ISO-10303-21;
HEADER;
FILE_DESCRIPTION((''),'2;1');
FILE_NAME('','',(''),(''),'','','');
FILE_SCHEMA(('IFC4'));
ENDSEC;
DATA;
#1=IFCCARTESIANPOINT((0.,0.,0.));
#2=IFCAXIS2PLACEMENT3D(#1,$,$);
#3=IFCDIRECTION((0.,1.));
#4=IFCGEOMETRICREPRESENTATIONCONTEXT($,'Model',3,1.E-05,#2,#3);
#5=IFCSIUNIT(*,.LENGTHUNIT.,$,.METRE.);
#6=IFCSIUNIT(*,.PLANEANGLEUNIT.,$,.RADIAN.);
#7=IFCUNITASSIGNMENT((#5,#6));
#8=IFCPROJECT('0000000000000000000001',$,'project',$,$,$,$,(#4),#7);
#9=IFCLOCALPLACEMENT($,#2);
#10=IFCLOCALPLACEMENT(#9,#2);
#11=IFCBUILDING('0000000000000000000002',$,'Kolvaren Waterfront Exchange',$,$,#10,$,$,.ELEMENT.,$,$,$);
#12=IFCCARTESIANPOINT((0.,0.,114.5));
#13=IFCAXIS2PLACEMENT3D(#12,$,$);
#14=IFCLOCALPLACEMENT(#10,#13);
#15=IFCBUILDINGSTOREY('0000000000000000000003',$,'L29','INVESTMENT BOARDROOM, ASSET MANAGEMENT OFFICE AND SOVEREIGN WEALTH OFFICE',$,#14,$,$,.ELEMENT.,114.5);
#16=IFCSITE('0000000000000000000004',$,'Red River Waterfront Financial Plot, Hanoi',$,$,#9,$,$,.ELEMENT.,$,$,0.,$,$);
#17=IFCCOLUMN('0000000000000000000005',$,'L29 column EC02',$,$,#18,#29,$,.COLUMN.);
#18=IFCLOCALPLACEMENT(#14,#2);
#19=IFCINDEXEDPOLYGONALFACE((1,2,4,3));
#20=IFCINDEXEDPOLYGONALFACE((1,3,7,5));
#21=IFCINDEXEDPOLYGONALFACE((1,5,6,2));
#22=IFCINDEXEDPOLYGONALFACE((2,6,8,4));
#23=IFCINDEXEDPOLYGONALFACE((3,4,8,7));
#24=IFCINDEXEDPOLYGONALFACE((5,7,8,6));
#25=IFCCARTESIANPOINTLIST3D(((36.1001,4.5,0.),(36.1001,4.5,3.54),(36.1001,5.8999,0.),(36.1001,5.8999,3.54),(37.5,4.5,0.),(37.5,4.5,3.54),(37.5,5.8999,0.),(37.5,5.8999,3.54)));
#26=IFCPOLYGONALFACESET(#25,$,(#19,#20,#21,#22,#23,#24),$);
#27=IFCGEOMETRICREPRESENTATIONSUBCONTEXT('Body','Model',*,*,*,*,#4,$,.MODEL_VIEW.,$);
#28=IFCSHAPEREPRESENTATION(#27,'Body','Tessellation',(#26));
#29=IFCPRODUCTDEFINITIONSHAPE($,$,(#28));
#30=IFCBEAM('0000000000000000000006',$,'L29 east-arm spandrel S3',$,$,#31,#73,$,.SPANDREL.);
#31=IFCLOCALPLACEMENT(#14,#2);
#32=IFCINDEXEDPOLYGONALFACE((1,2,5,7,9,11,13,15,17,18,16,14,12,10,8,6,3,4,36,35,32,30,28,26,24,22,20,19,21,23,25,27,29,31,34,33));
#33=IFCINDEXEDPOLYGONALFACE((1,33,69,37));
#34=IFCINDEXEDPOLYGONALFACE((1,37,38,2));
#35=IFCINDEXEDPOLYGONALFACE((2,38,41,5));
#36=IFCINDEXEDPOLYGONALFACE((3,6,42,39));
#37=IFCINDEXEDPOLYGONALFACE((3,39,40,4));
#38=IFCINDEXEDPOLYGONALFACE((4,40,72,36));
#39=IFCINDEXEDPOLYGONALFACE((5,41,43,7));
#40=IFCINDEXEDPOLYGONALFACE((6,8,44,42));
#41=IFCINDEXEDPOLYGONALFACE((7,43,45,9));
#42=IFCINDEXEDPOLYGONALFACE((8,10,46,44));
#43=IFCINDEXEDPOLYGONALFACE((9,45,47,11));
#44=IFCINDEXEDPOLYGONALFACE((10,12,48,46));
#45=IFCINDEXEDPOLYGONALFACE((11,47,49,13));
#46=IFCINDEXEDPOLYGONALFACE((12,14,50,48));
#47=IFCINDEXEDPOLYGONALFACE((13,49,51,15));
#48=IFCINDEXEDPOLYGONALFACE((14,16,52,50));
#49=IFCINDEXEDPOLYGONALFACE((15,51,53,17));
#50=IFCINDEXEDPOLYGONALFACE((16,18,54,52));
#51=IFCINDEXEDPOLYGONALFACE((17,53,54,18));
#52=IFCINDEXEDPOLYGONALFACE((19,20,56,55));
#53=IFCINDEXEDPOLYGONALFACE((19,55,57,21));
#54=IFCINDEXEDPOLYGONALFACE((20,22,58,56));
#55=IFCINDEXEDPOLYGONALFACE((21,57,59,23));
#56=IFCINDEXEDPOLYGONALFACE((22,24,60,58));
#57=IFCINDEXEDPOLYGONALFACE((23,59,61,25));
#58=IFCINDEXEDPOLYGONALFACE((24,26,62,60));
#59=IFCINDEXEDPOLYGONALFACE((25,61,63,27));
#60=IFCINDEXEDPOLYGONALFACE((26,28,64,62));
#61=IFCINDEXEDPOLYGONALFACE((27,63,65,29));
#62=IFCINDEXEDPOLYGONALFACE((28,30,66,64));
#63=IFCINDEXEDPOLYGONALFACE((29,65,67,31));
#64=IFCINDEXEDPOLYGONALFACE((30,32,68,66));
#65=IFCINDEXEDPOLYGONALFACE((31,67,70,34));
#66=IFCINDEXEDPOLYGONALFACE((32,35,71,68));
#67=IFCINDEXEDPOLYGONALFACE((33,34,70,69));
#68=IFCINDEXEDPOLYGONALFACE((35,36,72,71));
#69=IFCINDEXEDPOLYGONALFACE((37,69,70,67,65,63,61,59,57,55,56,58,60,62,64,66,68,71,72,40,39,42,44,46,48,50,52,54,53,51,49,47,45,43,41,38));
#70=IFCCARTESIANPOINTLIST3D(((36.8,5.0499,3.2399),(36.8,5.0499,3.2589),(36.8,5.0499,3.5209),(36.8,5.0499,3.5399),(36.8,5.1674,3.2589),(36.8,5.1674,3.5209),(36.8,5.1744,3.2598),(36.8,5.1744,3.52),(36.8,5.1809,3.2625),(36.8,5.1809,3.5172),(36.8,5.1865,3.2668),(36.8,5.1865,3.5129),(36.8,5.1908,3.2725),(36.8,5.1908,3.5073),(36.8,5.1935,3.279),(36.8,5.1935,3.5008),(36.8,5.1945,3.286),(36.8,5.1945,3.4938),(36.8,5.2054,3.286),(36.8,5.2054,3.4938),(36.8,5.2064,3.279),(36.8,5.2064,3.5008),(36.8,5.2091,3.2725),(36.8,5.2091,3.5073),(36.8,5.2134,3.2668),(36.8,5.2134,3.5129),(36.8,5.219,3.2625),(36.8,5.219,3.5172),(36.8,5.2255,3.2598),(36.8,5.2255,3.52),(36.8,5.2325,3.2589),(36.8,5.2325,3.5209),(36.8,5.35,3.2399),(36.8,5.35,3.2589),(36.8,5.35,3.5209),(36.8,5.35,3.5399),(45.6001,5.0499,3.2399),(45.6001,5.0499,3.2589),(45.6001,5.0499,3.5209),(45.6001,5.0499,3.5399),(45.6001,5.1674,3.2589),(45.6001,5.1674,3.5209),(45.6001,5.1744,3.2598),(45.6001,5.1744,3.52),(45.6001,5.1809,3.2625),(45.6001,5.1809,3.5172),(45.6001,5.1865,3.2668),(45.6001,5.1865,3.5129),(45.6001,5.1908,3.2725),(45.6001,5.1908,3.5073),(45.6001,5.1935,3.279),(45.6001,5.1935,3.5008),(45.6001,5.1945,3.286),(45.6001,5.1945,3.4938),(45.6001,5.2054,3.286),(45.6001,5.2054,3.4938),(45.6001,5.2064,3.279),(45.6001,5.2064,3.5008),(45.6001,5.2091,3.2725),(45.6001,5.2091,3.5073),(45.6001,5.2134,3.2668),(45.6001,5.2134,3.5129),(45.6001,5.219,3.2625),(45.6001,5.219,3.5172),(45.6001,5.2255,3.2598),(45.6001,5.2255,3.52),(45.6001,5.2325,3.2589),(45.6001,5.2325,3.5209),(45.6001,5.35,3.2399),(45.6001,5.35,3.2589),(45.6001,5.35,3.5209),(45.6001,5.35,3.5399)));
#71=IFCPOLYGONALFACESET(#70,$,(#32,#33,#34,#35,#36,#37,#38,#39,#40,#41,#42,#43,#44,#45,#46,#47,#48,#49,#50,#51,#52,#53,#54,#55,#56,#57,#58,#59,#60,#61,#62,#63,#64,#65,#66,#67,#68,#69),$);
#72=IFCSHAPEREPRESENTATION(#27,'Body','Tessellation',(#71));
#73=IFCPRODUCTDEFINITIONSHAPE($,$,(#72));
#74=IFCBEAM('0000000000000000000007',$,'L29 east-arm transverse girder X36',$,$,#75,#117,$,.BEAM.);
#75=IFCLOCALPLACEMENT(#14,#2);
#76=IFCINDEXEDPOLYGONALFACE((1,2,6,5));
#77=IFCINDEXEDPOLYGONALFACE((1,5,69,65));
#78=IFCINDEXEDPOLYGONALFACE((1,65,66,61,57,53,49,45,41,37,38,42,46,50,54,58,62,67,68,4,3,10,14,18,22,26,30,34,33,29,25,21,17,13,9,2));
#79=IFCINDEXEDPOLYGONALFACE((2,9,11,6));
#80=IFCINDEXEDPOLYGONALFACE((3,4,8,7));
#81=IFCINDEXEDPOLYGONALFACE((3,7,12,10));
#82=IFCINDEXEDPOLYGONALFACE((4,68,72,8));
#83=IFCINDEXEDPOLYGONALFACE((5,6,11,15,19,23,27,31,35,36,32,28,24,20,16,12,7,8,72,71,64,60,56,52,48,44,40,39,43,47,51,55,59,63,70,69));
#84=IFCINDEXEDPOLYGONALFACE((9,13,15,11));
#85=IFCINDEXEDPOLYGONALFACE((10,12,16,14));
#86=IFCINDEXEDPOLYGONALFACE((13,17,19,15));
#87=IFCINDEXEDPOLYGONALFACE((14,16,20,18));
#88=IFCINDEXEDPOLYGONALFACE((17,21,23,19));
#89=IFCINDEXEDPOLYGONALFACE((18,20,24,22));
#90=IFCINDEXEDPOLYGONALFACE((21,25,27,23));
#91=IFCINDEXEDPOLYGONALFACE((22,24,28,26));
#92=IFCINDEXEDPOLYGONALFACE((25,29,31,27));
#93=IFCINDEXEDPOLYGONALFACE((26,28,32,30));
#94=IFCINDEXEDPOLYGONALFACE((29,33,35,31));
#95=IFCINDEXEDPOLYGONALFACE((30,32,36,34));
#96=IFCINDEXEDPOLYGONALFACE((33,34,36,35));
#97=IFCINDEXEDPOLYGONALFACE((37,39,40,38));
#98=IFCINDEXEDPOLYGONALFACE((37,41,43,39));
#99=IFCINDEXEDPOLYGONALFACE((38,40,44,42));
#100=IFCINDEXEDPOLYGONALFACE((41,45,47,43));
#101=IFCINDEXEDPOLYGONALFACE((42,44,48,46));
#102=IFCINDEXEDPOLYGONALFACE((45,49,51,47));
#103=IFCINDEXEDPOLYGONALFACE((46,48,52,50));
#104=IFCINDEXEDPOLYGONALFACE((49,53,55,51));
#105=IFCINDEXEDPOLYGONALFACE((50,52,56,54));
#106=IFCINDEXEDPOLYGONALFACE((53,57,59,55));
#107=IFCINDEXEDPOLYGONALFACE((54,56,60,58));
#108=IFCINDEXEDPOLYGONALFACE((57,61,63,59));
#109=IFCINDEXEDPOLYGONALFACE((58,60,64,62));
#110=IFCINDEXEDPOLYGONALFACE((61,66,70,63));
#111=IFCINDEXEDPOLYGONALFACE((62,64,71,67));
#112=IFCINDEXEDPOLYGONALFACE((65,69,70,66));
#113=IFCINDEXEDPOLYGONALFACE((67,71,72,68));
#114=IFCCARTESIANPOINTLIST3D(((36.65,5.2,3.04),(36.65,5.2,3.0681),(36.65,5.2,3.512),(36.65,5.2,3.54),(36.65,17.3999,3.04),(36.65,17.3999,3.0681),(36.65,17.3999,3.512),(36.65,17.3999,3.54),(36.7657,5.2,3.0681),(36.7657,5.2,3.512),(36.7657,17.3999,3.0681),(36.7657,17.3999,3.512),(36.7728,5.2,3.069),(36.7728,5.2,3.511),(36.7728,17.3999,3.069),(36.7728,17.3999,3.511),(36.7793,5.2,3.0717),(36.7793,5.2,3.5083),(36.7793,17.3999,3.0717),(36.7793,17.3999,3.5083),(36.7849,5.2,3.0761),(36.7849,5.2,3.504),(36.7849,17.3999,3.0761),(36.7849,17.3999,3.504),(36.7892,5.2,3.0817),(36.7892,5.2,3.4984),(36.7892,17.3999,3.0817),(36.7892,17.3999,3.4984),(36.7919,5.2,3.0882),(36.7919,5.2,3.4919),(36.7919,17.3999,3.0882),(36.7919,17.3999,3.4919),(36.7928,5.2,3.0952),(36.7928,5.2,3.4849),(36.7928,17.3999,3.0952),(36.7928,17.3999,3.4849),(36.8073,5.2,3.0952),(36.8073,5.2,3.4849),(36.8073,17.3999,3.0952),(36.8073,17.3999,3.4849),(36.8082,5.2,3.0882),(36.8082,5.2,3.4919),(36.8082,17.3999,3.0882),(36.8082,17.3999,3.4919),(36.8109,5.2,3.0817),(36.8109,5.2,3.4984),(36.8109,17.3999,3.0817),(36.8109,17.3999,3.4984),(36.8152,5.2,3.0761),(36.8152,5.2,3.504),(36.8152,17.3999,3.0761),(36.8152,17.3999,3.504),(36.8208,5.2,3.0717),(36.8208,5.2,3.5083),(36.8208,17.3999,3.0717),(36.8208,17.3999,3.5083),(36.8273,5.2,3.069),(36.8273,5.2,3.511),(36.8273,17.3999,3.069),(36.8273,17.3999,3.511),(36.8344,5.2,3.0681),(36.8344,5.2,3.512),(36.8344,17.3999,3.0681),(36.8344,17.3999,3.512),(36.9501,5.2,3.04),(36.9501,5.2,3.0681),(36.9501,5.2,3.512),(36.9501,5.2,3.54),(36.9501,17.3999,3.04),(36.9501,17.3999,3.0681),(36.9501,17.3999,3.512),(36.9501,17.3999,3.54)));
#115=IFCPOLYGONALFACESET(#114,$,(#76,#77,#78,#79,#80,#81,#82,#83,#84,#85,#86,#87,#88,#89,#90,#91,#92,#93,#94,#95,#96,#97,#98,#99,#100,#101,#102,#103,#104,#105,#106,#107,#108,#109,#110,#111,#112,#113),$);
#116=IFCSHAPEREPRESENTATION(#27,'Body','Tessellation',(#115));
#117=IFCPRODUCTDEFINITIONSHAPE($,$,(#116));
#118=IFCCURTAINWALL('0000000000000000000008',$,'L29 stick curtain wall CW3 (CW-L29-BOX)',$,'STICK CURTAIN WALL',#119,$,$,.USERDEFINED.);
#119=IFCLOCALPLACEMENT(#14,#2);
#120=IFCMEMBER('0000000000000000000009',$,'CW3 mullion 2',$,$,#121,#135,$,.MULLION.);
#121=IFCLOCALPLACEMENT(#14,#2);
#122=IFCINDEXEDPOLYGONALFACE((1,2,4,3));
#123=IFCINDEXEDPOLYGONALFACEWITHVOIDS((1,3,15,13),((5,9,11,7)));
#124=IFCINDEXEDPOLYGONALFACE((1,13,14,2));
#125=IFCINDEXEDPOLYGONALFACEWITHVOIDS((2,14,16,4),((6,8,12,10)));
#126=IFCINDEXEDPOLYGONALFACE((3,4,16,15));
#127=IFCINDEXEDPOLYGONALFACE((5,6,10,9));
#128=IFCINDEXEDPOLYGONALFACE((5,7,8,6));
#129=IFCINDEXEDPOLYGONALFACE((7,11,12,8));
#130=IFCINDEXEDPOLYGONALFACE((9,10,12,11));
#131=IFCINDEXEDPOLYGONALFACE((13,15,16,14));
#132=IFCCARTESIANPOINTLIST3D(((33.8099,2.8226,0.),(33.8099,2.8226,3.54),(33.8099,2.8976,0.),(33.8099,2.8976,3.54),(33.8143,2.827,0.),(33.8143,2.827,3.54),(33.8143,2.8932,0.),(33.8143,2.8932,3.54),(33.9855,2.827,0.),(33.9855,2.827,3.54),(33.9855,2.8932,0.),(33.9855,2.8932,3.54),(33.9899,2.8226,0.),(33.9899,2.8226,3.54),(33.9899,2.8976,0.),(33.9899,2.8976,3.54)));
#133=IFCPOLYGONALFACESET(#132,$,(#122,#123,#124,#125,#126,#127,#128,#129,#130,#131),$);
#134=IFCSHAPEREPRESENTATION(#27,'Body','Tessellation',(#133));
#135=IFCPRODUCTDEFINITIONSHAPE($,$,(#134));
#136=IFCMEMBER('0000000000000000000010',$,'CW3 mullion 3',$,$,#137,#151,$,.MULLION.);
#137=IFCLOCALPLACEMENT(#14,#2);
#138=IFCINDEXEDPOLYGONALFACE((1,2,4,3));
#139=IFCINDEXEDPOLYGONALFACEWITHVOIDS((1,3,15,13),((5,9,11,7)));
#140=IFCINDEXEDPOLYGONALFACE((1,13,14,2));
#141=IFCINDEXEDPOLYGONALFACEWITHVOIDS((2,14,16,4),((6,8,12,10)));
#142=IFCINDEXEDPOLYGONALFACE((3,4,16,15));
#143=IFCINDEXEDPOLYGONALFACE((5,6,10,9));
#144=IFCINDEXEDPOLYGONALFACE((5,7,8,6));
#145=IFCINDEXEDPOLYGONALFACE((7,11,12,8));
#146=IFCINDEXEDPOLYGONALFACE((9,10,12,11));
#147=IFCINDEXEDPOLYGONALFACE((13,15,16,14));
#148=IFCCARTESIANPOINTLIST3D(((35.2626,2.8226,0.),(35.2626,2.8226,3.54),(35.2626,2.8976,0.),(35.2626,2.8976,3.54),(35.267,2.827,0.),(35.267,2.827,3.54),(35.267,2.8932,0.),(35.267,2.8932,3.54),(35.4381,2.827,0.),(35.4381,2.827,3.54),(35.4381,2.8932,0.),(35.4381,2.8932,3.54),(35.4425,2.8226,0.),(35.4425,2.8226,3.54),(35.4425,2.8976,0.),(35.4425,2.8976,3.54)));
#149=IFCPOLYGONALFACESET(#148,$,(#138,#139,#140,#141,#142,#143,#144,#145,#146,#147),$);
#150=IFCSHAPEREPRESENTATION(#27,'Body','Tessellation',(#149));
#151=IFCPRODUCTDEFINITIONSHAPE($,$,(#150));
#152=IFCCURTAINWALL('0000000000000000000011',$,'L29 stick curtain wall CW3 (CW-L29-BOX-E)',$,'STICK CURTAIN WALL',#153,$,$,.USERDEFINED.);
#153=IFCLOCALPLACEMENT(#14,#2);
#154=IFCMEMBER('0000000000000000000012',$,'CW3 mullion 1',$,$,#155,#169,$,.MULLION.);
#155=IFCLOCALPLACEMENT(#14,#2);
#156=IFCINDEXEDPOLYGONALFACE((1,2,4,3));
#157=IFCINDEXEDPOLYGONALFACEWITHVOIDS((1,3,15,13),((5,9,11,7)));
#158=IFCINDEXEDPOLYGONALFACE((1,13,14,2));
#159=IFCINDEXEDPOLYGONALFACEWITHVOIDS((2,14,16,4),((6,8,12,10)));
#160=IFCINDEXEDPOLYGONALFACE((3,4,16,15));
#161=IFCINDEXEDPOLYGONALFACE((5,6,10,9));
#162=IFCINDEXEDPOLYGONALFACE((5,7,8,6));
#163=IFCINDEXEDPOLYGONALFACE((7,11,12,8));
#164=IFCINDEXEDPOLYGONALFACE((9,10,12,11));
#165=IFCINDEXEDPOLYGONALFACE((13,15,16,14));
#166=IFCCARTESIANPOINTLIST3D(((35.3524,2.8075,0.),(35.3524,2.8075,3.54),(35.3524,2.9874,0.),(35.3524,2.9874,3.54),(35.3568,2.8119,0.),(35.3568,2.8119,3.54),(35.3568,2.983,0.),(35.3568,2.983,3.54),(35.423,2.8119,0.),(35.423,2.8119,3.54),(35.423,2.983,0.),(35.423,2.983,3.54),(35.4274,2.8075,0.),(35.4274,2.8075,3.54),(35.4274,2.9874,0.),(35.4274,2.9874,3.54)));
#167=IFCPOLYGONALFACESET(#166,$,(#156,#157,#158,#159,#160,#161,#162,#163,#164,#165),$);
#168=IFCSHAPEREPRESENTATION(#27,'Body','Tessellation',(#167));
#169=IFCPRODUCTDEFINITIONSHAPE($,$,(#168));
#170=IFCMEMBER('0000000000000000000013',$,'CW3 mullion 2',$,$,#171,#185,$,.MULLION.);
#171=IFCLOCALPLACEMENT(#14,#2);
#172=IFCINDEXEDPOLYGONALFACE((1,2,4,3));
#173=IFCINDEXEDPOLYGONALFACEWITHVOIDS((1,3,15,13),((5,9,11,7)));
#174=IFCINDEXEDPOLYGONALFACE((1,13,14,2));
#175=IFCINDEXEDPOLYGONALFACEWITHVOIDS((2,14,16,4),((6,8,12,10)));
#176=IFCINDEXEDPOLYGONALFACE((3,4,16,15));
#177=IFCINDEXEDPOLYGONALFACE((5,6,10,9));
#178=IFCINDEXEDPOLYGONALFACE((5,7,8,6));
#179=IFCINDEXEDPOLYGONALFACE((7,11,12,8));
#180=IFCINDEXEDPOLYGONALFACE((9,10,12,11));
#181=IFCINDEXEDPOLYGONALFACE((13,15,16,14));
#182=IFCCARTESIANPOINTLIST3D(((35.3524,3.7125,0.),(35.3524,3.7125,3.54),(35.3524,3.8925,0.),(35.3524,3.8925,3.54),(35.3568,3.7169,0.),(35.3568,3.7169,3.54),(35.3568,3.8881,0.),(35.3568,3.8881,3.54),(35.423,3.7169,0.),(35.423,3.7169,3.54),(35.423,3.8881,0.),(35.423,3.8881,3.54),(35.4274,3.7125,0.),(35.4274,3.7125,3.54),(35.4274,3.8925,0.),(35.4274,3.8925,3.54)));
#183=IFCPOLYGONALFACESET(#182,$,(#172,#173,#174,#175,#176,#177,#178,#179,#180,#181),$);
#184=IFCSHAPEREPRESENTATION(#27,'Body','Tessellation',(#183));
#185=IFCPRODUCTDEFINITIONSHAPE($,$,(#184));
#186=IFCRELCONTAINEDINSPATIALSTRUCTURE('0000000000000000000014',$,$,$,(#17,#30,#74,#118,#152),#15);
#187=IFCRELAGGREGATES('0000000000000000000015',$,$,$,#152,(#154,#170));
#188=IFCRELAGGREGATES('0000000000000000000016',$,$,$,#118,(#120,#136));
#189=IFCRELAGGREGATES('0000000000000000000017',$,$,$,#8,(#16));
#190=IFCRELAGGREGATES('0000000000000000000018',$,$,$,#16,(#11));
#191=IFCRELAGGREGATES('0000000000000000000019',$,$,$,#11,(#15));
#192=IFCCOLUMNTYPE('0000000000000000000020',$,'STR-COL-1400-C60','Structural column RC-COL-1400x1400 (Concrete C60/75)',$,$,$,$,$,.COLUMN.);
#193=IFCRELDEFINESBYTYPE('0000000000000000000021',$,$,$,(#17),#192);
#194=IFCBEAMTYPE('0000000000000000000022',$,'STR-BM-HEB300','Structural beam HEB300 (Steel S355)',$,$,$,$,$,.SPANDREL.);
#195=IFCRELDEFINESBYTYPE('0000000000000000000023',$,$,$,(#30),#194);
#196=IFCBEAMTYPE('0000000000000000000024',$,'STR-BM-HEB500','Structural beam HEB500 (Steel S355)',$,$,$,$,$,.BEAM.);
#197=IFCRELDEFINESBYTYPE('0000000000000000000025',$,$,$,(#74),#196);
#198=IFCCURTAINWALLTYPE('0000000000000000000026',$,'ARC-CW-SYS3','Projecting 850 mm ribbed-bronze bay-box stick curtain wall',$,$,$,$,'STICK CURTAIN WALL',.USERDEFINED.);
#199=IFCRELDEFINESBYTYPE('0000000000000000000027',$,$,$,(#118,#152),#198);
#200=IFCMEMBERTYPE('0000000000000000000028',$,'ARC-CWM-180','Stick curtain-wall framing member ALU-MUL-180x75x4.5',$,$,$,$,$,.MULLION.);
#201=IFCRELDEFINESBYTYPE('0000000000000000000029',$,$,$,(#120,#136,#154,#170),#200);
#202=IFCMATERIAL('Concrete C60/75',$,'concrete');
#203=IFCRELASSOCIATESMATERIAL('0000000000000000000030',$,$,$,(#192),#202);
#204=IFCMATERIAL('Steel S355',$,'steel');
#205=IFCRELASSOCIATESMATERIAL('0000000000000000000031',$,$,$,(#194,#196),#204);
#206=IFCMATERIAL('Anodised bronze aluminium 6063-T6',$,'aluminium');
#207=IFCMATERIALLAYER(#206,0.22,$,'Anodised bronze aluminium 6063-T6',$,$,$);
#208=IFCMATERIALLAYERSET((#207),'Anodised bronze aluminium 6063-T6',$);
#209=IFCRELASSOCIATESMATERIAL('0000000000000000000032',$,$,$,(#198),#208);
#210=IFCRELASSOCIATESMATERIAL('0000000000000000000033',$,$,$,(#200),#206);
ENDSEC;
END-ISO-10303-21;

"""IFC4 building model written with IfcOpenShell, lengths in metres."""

from ifc_helpers import new_model, si_unit, direction, frame, origin, origin_with_axes, origin_2d, place, context, subcontext, project, spatial, rectangle, hollow_rectangle, i_section, extrude, source, transform, mapped, material, layer, layer_set, material_profile, profile_set, type_object, element, aggregate, save


model = new_model("IFC4")

# Units and contexts
model_context = context("Model", 3, precision=1e-05, world=origin(), true_north=direction((0.0, 1.0)))
body_context = subcontext(model_context, "Body", "Model", "MODEL_VIEW")
ifc_project = project(units=[si_unit("LENGTHUNIT", "METRE"), si_unit("PLANEANGLEUNIT", "RADIAN")], contexts=[model_context])

# Site, building, storey
site_placement = place(None, origin())
site = spatial("IfcSite", under=ifc_project, at=site_placement, Name="Red River Waterfront Financial Plot, Hanoi", CompositionType="ELEMENT", RefElevation=0.0)
building_placement = place(site_placement, origin())
building = spatial("IfcBuilding", under=site, at=building_placement, Name="Kolvaren Waterfront Exchange", CompositionType="ELEMENT")
storey_placement = place(building_placement, frame((0.0, 0.0, 114.5)))
storey = spatial("IfcBuildingStorey", under=building, at=storey_placement, Name="L29", Description="INVESTMENT BOARDROOM, ASSET MANAGEMENT OFFICE AND SOVEREIGN WEALTH OFFICE", CompositionType="ELEMENT", Elevation=114.5)

# Column
ifc_material_1 = material(Name="Concrete C60/75", Category="concrete")
ifc_material_profile_1 = material_profile(ifc_material_1, rectangle(XDim=1.3999, YDim=1.3999, at=origin_2d()), Name="RC-COL-1400x1400")
ifc_profile_set_1 = profile_set([ifc_material_profile_1], Name="Concrete C60/75")
column_type = type_object("IfcColumnType", Name="STR-COL-1400-C60", Description="Structural column RC-COL-1400x1400 (Concrete C60/75)", PredefinedType="COLUMN", material=ifc_profile_set_1)
column_placement = place(storey_placement, frame((36.8, 5.2, 0.0), z_axis=(0.0, 0.0, 1.0), x_axis=(1.0, 0.0, 0.0)))
element("IfcColumn", 1, at=column_placement, inside=storey, type_object=column_type, Name="L29 column EC02", PredefinedType="COLUMN", context=body_context, shape_type="SweptSolid", body=[
    extrude(rectangle(XDim=1.3999, YDim=1.3999, at=origin_2d()), origin(), (0.0, 0.0, 1.0), 3.54),
])

# Beams
ifc_material_2 = material(Name="Steel S355", Category="steel")
ifc_material_profile_2 = material_profile(ifc_material_2, i_section(OverallWidth=0.3, OverallDepth=0.3, WebThickness=0.011, FlangeThickness=0.019, FilletRadius=0.0271, at=origin_2d()), Name="HEB300")
ifc_profile_set_2 = profile_set([ifc_material_profile_2], Name="Steel S355")
beam_type_1 = type_object("IfcBeamType", Name="STR-BM-HEB300", Description="Structural beam HEB300 (Steel S355)", PredefinedType="SPANDREL", material=ifc_profile_set_2)
beam_1_placement = place(storey_placement, frame((36.8, 5.2, 3.3899), z_axis=(1.0, 0.0, 0.0), x_axis=(0.0, 1.0, 0.0)))
element("IfcBeam", 2, at=beam_1_placement, inside=storey, type_object=beam_type_1, Name="L29 east-arm spandrel S3", PredefinedType="SPANDREL", context=body_context, shape_type="SweptSolid", body=[
    extrude(i_section(OverallWidth=0.3, OverallDepth=0.3, WebThickness=0.011, FlangeThickness=0.019, FilletRadius=0.0271, at=origin_2d()), origin(), (0.0, 0.0, 1.0), 8.8),
])
ifc_material_profile_3 = material_profile(ifc_material_2, i_section(OverallWidth=0.3, OverallDepth=0.5, WebThickness=0.0144, FlangeThickness=0.0281, FilletRadius=0.0271, at=origin_2d()), Name="HEB500")
ifc_profile_set_3 = profile_set([ifc_material_profile_3], Name="Steel S355")
beam_type_2 = type_object("IfcBeamType", Name="STR-BM-HEB500", Description="Structural beam HEB500 (Steel S355)", PredefinedType="BEAM", material=ifc_profile_set_3)
beam_2_placement = place(storey_placement, frame((36.8, 5.2, 3.29), z_axis=(0.0, 1.0, 0.0), x_axis=(-1.0, 0.0, 0.0)))
element("IfcBeam", 3, at=beam_2_placement, inside=storey, type_object=beam_type_2, Name="L29 east-arm transverse girder X36", PredefinedType="BEAM", context=body_context, shape_type="SweptSolid", body=[
    extrude(i_section(OverallWidth=0.3, OverallDepth=0.5, WebThickness=0.0144, FlangeThickness=0.0281, FilletRadius=0.0271, at=origin_2d()), origin(), (0.0, 0.0, 1.0), 12.2),
])

# Curtain walls, members
ifc_material_3 = material(Name="Anodised bronze aluminium 6063-T6", Category="aluminium")
ifc_layer_1 = layer(ifc_material_3, 0.22, Name="Anodised bronze aluminium 6063-T6")
ifc_layer_set_1 = layer_set([ifc_layer_1], Name="Anodised bronze aluminium 6063-T6")
curtain_wall_type_1 = type_object("IfcCurtainWallType", Name="ARC-CW-SYS3", Description="Projecting 850 mm ribbed-bronze bay-box stick curtain wall", ElementType="STICK CURTAIN WALL", PredefinedType="USERDEFINED", material=ifc_layer_set_1)
curtain_wall_1_placement = place(storey_placement, origin())
curtain_wall_1 = element("IfcCurtainWall", 4, at=curtain_wall_1_placement, inside=storey, type_object=curtain_wall_type_1, Name="L29 stick curtain wall CW3 (CW-L29-BOX)", ObjectType="STICK CURTAIN WALL", PredefinedType="USERDEFINED")
ifc_material_profile_4 = material_profile(ifc_material_3, hollow_rectangle(XDim=0.075, YDim=0.1799, WallThickness=0.0044, at=origin_2d()), Name="ALU-MUL-180x75x4.5")
ifc_profile_set_4 = profile_set([ifc_material_profile_4], Name="Anodised bronze aluminium 6063-T6")
member_type_1 = type_object("IfcMemberType", Name="ARC-CWM-180", Description="Stick curtain-wall framing member ALU-MUL-180x75x4.5", PredefinedType="MULLION", material=ifc_profile_set_4)
shared_shape_1 = source(origin_with_axes(), body_context, "Body", "SweptSolid", [
    extrude(hollow_rectangle(XDim=0.075, YDim=0.1799, WallThickness=0.0044, at=origin_2d()), origin(), (0.0, 0.0, 1.0), 3.54),
])
member_1_placement = place(storey_placement, frame((33.8999, 2.8601, 0.0), z_axis=(0.0, 0.0, 1.0), x_axis=(0.0, 1.0, 0.0)))
member_1 = element("IfcMember", 5, at=member_1_placement, type_object=member_type_1, Name="CW3 mullion 2", PredefinedType="MULLION", context=body_context, shape_type="MappedRepresentation", body=[
    mapped(shared_shape_1, transform((0.0, 0.0, 0.0), x_axis=(1.0, 0.0, 0.0), y_axis=(0.0, 1.0, 0.0), z_axis=(0.0, 0.0, 1.0), scale=1.0)),
])
member_2_placement = place(storey_placement, frame((35.3525, 2.8601, 0.0), z_axis=(0.0, 0.0, 1.0), x_axis=(0.0, 1.0, 0.0)))
member_2 = element("IfcMember", 6, at=member_2_placement, type_object=member_type_1, Name="CW3 mullion 3", PredefinedType="MULLION", context=body_context, shape_type="MappedRepresentation", body=[
    mapped(shared_shape_1, transform((0.0, 0.0, 0.0), x_axis=(1.0, 0.0, 0.0), y_axis=(0.0, 1.0, 0.0), z_axis=(0.0, 0.0, 1.0), scale=1.0)),
])
curtain_wall_2_placement = place(storey_placement, origin())
curtain_wall_2 = element("IfcCurtainWall", 7, at=curtain_wall_2_placement, inside=storey, type_object=curtain_wall_type_1, Name="L29 stick curtain wall CW3 (CW-L29-BOX-E)", ObjectType="STICK CURTAIN WALL", PredefinedType="USERDEFINED")
member_3_placement = place(storey_placement, frame((35.3899, 2.8975, 0.0), z_axis=(0.0, 0.0, 1.0), x_axis=(-1.0, 0.0, 0.0)))
member_3 = element("IfcMember", 8, at=member_3_placement, type_object=member_type_1, Name="CW3 mullion 1", PredefinedType="MULLION", context=body_context, shape_type="MappedRepresentation", body=[
    mapped(shared_shape_1, transform((0.0, 0.0, 0.0), x_axis=(1.0, 0.0, 0.0), y_axis=(0.0, 1.0, 0.0), z_axis=(0.0, 0.0, 1.0), scale=1.0)),
])
member_4_placement = place(storey_placement, frame((35.3899, 3.8025, 0.0), z_axis=(0.0, 0.0, 1.0), x_axis=(-1.0, 0.0, 0.0)))
member_4 = element("IfcMember", 9, at=member_4_placement, type_object=member_type_1, Name="CW3 mullion 2", PredefinedType="MULLION", context=body_context, shape_type="MappedRepresentation", body=[
    mapped(shared_shape_1, transform((0.0, 0.0, 0.0), x_axis=(1.0, 0.0, 0.0), y_axis=(0.0, 1.0, 0.0), z_axis=(0.0, 0.0, 1.0), scale=1.0)),
])

aggregate(curtain_wall_2, [member_3, member_4])
aggregate(curtain_wall_1, [member_1, member_2])

save(model, "model.ifc")
